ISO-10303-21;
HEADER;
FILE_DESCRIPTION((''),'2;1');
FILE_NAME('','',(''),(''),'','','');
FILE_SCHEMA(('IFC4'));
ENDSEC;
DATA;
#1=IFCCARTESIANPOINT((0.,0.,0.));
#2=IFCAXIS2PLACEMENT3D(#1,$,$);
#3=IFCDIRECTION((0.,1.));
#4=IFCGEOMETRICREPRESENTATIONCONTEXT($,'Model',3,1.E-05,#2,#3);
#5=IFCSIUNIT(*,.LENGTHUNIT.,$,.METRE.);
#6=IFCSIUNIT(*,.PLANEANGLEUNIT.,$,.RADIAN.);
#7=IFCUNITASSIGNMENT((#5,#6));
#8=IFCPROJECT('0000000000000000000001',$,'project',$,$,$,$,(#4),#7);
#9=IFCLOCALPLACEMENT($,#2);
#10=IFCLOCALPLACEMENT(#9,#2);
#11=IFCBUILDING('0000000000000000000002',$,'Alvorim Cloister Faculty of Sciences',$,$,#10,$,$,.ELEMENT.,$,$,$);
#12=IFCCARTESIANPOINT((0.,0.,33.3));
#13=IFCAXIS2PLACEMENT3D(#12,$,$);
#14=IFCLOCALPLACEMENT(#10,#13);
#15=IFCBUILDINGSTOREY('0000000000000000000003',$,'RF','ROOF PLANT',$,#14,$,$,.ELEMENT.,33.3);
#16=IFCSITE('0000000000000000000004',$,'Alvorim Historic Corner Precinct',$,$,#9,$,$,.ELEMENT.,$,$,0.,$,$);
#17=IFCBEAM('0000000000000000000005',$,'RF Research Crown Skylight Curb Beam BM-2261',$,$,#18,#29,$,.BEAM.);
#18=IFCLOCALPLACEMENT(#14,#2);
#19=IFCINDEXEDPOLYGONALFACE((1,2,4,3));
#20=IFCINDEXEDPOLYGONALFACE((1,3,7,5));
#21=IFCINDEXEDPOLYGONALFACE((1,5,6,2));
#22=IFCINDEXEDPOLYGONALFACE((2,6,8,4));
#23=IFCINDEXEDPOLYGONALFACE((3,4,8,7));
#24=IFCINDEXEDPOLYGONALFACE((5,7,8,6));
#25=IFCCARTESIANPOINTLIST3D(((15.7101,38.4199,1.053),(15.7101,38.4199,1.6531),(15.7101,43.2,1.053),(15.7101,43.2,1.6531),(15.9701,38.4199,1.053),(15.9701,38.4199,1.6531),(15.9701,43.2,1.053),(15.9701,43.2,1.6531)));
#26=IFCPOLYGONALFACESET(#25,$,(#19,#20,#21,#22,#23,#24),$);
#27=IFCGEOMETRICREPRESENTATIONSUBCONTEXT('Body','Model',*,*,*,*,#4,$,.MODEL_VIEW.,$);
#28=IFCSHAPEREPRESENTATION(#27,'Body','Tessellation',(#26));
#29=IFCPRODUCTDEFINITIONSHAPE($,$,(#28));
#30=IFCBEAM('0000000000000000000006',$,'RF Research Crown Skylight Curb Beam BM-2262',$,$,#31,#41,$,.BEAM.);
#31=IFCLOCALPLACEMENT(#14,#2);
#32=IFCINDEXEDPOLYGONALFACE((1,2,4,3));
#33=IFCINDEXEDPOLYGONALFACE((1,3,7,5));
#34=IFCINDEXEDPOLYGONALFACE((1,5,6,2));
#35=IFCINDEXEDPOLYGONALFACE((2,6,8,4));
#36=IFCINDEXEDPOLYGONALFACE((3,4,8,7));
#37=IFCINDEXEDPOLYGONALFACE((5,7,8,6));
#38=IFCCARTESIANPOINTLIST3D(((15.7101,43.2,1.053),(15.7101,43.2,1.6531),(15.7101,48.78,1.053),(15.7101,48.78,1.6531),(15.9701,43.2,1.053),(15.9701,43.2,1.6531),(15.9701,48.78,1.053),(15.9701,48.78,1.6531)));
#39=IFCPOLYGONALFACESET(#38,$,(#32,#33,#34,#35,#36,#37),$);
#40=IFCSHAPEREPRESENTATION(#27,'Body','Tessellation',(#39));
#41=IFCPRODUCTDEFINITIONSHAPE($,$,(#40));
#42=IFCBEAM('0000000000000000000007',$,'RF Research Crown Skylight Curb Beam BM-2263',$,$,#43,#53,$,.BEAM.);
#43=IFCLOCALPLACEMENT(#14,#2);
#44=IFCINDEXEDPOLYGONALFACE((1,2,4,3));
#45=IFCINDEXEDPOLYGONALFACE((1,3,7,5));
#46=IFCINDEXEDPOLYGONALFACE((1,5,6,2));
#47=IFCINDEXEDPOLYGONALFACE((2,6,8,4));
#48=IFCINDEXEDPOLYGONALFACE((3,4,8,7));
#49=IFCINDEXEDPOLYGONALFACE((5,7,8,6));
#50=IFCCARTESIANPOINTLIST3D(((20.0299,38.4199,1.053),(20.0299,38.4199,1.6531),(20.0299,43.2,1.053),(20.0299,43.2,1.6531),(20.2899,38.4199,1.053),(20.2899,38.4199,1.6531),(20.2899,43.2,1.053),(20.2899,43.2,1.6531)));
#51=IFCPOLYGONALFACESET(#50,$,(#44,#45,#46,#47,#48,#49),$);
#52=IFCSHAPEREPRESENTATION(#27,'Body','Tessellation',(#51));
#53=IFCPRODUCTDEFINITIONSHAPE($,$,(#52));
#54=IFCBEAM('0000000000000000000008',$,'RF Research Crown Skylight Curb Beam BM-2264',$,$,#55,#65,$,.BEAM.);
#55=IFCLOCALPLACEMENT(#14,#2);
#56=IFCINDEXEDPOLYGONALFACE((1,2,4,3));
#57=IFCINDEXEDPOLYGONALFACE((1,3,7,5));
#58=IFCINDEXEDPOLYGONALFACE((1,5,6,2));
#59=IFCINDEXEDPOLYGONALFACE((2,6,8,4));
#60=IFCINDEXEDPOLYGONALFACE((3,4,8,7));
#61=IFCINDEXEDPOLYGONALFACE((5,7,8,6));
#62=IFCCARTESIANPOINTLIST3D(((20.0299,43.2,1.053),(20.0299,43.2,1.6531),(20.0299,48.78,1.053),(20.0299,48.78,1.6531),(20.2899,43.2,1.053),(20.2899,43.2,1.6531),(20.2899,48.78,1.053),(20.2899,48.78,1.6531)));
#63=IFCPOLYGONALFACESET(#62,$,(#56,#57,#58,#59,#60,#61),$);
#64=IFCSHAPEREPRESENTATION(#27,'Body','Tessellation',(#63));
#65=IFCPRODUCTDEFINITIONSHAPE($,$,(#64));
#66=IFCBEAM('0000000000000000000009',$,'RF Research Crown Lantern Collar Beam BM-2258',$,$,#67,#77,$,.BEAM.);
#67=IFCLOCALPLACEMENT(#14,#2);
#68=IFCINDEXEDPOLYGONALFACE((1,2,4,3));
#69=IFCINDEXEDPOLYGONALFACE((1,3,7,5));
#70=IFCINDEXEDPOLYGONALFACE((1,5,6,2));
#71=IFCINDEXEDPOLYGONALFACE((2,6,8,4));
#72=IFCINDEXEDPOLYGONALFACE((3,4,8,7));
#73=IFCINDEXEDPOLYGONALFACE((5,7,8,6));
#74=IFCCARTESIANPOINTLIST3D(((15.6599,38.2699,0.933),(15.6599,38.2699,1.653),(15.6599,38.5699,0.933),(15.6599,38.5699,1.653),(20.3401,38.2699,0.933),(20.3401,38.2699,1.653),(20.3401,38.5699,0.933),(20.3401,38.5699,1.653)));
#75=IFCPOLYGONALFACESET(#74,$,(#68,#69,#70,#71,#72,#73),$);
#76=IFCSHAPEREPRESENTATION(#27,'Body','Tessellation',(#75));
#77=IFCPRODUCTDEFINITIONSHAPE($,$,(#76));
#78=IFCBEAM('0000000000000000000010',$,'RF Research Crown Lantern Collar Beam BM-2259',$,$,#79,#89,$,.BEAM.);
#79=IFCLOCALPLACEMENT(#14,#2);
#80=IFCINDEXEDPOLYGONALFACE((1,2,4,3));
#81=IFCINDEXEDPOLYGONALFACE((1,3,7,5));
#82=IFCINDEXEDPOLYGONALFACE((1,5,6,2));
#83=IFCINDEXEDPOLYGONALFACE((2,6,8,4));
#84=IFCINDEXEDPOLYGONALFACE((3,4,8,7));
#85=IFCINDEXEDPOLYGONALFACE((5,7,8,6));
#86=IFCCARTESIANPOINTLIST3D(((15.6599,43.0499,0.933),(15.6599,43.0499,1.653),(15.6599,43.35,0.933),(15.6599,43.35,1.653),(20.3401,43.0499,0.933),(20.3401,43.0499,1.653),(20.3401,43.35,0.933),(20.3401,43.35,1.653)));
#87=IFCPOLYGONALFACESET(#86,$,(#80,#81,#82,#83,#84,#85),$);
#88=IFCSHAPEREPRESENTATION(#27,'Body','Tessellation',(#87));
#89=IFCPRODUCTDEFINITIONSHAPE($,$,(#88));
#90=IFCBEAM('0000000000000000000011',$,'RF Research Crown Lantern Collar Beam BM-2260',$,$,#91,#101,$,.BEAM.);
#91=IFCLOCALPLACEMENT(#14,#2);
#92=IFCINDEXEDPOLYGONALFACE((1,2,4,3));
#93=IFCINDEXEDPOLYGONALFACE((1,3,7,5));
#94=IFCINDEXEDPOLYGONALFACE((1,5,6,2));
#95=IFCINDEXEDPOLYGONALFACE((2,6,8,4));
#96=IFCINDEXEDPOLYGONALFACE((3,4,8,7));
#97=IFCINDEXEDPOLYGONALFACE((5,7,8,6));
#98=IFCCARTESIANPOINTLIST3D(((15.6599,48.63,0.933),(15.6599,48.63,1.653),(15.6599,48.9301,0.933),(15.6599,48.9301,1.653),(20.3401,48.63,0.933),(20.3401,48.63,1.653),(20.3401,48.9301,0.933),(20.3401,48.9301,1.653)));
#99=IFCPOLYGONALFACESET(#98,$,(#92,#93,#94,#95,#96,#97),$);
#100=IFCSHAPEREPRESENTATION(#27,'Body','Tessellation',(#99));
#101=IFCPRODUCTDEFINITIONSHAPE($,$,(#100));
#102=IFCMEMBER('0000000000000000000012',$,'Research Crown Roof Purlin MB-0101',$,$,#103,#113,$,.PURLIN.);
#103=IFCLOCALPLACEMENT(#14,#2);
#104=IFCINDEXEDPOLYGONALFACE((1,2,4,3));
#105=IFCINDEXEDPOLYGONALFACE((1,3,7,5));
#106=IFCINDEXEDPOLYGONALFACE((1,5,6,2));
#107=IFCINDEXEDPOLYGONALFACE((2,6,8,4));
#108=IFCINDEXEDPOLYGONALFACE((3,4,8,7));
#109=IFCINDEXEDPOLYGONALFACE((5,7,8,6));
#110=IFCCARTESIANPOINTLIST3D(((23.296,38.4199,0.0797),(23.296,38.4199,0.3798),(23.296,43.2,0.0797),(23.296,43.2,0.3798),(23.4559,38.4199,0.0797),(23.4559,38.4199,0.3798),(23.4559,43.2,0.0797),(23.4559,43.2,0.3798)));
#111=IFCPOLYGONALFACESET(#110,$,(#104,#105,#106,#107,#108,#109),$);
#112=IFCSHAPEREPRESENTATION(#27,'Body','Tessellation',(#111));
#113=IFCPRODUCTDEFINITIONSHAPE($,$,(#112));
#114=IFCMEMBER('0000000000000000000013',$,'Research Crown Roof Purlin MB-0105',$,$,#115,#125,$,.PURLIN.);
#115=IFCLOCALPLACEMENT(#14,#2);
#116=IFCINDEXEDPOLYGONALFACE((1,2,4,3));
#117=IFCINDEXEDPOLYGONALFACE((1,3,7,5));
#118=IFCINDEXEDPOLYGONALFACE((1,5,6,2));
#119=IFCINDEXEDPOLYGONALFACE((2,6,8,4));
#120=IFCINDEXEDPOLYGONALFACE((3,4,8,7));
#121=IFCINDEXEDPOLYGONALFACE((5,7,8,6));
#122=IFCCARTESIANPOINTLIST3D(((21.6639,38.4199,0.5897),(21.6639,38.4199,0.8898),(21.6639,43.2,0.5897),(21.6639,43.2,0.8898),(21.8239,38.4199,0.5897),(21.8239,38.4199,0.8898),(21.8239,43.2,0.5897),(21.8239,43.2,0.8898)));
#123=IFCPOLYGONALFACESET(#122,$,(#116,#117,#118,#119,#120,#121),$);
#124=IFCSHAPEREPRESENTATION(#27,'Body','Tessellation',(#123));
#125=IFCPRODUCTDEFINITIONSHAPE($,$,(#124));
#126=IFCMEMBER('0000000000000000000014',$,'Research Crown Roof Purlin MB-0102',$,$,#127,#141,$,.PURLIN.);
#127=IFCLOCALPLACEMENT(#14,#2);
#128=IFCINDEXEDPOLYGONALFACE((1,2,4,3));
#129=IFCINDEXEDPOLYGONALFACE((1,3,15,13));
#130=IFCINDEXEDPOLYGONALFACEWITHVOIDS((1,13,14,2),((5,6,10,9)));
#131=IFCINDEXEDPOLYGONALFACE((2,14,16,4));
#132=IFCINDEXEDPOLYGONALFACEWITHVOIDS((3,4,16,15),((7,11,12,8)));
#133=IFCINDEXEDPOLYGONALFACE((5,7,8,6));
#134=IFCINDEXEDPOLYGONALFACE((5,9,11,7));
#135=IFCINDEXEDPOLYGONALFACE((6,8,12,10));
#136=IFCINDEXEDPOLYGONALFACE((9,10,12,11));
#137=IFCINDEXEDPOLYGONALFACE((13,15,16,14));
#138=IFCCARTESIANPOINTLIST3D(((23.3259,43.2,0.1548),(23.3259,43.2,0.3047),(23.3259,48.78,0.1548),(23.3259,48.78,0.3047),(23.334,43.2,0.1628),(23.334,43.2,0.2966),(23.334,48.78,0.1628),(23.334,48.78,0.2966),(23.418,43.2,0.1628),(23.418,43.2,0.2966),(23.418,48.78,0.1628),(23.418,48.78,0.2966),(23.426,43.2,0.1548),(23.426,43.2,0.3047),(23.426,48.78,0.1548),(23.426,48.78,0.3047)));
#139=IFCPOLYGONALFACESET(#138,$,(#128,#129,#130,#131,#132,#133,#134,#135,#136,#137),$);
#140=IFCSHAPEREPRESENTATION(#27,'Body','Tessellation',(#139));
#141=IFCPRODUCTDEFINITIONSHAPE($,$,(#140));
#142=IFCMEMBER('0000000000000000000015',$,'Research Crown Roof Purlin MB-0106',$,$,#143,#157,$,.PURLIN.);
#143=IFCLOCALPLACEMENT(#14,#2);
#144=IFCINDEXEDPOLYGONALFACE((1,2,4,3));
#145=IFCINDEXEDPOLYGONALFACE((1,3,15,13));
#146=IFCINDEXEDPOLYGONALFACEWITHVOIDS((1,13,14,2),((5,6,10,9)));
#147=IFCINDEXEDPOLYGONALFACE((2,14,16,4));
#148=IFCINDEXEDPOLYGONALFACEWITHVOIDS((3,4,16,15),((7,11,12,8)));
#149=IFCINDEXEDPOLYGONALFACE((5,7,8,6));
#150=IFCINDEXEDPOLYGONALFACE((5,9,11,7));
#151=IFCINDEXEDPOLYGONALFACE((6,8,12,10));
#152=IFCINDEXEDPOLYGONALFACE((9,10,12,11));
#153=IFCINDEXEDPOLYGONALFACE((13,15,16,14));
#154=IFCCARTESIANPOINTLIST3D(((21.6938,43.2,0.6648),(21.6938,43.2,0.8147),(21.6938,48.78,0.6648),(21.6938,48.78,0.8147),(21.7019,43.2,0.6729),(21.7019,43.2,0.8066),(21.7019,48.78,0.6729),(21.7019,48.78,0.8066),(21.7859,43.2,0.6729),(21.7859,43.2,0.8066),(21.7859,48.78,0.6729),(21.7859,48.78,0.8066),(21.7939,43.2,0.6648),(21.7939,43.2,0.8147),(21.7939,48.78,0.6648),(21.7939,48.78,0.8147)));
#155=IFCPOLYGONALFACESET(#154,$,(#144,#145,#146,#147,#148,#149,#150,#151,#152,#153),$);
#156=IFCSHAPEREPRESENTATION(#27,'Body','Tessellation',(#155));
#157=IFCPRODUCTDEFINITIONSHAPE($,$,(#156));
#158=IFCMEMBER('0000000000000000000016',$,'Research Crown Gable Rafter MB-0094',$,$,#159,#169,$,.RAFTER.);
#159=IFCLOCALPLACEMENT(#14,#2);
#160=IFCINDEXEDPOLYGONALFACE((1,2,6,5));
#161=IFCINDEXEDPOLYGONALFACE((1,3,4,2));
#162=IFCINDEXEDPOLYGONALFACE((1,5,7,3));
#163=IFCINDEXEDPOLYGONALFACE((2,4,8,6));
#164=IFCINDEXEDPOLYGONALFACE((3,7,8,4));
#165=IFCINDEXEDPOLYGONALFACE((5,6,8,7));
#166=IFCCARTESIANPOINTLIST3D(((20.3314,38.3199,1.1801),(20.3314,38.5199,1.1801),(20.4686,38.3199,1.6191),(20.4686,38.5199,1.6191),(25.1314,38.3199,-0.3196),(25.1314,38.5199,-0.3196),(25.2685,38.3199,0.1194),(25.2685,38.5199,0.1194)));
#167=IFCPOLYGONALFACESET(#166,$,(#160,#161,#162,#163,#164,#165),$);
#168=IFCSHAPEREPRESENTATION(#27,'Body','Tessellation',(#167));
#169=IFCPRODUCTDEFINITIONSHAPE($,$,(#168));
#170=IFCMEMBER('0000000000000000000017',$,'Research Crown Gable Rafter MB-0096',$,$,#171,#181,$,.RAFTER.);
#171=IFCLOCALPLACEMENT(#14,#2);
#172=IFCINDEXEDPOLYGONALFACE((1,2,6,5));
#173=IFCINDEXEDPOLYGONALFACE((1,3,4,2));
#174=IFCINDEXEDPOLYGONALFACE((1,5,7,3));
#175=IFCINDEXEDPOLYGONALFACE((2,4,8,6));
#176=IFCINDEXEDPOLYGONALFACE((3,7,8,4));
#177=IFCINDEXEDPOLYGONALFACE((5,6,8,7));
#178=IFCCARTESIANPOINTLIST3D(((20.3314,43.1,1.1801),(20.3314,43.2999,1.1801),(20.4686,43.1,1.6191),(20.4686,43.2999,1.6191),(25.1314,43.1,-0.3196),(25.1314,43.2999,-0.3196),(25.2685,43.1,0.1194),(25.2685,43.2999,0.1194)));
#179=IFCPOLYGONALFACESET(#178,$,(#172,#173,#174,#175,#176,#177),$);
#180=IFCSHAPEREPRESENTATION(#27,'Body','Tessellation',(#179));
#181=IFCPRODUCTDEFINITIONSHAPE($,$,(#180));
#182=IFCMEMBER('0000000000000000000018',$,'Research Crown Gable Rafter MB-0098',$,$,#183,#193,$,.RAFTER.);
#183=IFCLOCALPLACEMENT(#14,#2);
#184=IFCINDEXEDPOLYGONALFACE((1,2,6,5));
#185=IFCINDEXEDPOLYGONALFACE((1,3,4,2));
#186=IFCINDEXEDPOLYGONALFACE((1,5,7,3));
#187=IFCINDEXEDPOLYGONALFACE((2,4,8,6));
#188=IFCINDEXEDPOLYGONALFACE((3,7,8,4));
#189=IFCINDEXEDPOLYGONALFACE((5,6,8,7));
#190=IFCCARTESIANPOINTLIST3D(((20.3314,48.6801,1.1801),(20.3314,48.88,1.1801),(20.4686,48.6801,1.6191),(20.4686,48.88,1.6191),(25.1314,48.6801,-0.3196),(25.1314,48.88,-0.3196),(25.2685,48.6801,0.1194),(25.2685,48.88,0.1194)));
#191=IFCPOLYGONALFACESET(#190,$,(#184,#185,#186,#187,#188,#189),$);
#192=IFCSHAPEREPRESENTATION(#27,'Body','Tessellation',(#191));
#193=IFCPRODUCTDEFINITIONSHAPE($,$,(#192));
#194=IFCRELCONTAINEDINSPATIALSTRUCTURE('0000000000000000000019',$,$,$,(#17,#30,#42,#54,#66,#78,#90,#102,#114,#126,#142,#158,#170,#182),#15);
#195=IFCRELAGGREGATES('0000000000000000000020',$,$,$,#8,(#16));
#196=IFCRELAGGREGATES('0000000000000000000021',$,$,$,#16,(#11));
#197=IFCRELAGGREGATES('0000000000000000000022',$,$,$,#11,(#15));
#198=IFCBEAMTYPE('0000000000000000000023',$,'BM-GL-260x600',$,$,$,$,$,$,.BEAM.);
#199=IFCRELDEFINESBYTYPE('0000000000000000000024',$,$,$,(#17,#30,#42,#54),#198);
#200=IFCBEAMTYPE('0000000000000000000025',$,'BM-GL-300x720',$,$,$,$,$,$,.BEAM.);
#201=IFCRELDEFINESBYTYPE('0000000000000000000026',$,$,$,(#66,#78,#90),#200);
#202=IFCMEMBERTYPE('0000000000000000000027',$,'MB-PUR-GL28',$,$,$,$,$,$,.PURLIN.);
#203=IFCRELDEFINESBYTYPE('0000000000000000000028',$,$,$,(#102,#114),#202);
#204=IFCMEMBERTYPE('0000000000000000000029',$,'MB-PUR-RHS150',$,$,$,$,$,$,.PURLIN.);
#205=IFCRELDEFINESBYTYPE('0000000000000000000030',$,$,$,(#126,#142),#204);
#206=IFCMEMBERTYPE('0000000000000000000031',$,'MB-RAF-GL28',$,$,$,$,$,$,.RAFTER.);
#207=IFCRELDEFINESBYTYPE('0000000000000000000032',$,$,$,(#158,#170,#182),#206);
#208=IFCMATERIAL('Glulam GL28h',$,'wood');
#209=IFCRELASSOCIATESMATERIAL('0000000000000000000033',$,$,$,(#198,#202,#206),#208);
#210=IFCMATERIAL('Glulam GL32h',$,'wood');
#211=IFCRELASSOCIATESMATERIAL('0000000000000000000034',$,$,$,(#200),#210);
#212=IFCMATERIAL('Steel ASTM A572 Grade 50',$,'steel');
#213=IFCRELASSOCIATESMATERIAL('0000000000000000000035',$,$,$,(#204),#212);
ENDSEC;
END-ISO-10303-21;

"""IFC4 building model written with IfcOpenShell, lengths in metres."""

from ifc_helpers import new_model, si_unit, direction, frame, origin, origin_2d, place, context, subcontext, project, spatial, rectangle, hollow_rectangle, extrude, material, material_profile, profile_set, type_object, element, save


model = new_model("IFC4")

# Units and contexts
model_context = context("Model", 3, precision=1e-05, world=origin(), true_north=direction((0.0, 1.0)))
body_context = subcontext(model_context, "Body", "Model", "MODEL_VIEW")
ifc_project = project(units=[si_unit("LENGTHUNIT", "METRE"), si_unit("PLANEANGLEUNIT", "RADIAN")], contexts=[model_context])

# Site, building, storey
site_placement = place(None, origin())
site = spatial("IfcSite", under=ifc_project, at=site_placement, Name="Alvorim Historic Corner Precinct", CompositionType="ELEMENT", RefElevation=0.0)
building_placement = place(site_placement, origin())
building = spatial("IfcBuilding", under=site, at=building_placement, Name="Alvorim Cloister Faculty of Sciences", CompositionType="ELEMENT")
storey_placement = place(building_placement, frame((0.0, 0.0, 33.3)))
storey = spatial("IfcBuildingStorey", under=building, at=storey_placement, Name="RF", Description="ROOF PLANT", CompositionType="ELEMENT", Elevation=33.3)

# Beams
ifc_material_1 = material(Name="Glulam GL28h", Category="wood")
ifc_material_profile_1 = material_profile(ifc_material_1, rectangle(XDim=0.26, YDim=0.6001, at=origin_2d()), Name="GL28-BM-260x600")
ifc_profile_set_1 = profile_set([ifc_material_profile_1], Name="Glulam GL28h")
beam_type_1 = type_object("IfcBeamType", Name="BM-GL-260x600", PredefinedType="BEAM", material=ifc_profile_set_1)
beam_1_placement = place(storey_placement, frame((15.8401, 38.4199, 1.353), z_axis=(0.0, 1.0, 0.0), x_axis=(-1.0, 0.0, 0.0)))
element("IfcBeam", 1, at=beam_1_placement, inside=storey, type_object=beam_type_1, Name="RF Research Crown Skylight Curb Beam BM-2261", PredefinedType="BEAM", context=body_context, shape_type="SweptSolid", body=[
    extrude(rectangle(XDim=0.26, YDim=0.6001, at=origin_2d()), origin(), (0.0, 0.0, 1.0), 4.78),
])
beam_2_placement = place(storey_placement, frame((15.8401, 43.2, 1.353), z_axis=(0.0, 1.0, 0.0), x_axis=(-1.0, 0.0, 0.0)))
element("IfcBeam", 2, at=beam_2_placement, inside=storey, type_object=beam_type_1, Name="RF Research Crown Skylight Curb Beam BM-2262", PredefinedType="BEAM", context=body_context, shape_type="SweptSolid", body=[
    extrude(rectangle(XDim=0.26, YDim=0.6001, at=origin_2d()), origin(), (0.0, 0.0, 1.0), 5.5801),
])
beam_3_placement = place(storey_placement, frame((20.1599, 38.4199, 1.353), z_axis=(0.0, 1.0, 0.0), x_axis=(-1.0, 0.0, 0.0)))
element("IfcBeam", 3, at=beam_3_placement, inside=storey, type_object=beam_type_1, Name="RF Research Crown Skylight Curb Beam BM-2263", PredefinedType="BEAM", context=body_context, shape_type="SweptSolid", body=[
    extrude(rectangle(XDim=0.26, YDim=0.6001, at=origin_2d()), origin(), (0.0, 0.0, 1.0), 4.78),
])
beam_4_placement = place(storey_placement, frame((20.1599, 43.2, 1.353), z_axis=(0.0, 1.0, 0.0), x_axis=(-1.0, 0.0, 0.0)))
element("IfcBeam", 4, at=beam_4_placement, inside=storey, type_object=beam_type_1, Name="RF Research Crown Skylight Curb Beam BM-2264", PredefinedType="BEAM", context=body_context, shape_type="SweptSolid", body=[
    extrude(rectangle(XDim=0.26, YDim=0.6001, at=origin_2d()), origin(), (0.0, 0.0, 1.0), 5.5801),
])
ifc_material_2 = material(Name="Glulam GL32h", Category="wood")
ifc_material_profile_2 = material_profile(ifc_material_2, rectangle(XDim=0.3, YDim=0.72, at=origin_2d()), Name="GL32-BM-300x720")
ifc_profile_set_2 = profile_set([ifc_material_profile_2], Name="Glulam GL32h")
beam_type_2 = type_object("IfcBeamType", Name="BM-GL-300x720", PredefinedType="BEAM", material=ifc_profile_set_2)
for number, where, z_axis, x_axis, name in (
    (5, (15.6599, 38.4199, 1.293), (1.0, 0.0, 0.0), (0.0, 1.0, 0.0), "RF Research Crown Lantern Collar Beam BM-2258"),
    (6, (15.6599, 43.2, 1.293), (1.0, 0.0, 0.0), (0.0, 1.0, 0.0), "RF Research Crown Lantern Collar Beam BM-2259"),
    (7, (15.6599, 48.78, 1.293), (1.0, 0.0, 0.0), (0.0, 1.0, 0.0), "RF Research Crown Lantern Collar Beam BM-2260"),
):
    element("IfcBeam", number, at=place(storey_placement, frame(where, z_axis=z_axis, x_axis=x_axis)), inside=storey, type_object=beam_type_2, Name=name, PredefinedType="BEAM", context=body_context, shape_type="SweptSolid", body=[
        extrude(rectangle(XDim=0.3, YDim=0.72, at=origin_2d()), origin(), (0.0, 0.0, 1.0), 4.6802),
    ])

# Members
ifc_material_profile_3 = material_profile(ifc_material_1, rectangle(XDim=0.1599, YDim=0.3, at=origin_2d()), Name="GL28-PUR-160x300")
ifc_profile_set_3 = profile_set([ifc_material_profile_3], Name="Glulam GL28h")
member_type_1 = type_object("IfcMemberType", Name="MB-PUR-GL28", PredefinedType="PURLIN", material=ifc_profile_set_3)
for number, where, z_axis, x_axis, name in (
    (8, (23.376, 38.4199, 0.2297), (0.0, 1.0, 0.0), (-1.0, 0.0, 0.0), "Research Crown Roof Purlin MB-0101"),
    (9, (21.7439, 38.4199, 0.7397), (0.0, 1.0, 0.0), (-1.0, 0.0, 0.0), "Research Crown Roof Purlin MB-0105"),
):
    element("IfcMember", number, at=place(storey_placement, frame(where, z_axis=z_axis, x_axis=x_axis)), inside=storey, type_object=member_type_1, Name=name, PredefinedType="PURLIN", context=body_context, shape_type="SweptSolid", body=[
        extrude(rectangle(XDim=0.1599, YDim=0.3, at=origin_2d()), origin(), (0.0, 0.0, 1.0), 4.78),
    ])
ifc_material_3 = material(Name="Steel ASTM A572 Grade 50", Category="steel")
ifc_material_profile_4 = material_profile(ifc_material_3, hollow_rectangle(XDim=0.1001, YDim=0.1499, WallThickness=0.0081, at=origin_2d()), Name="RHS150x100x8")
ifc_profile_set_4 = profile_set([ifc_material_profile_4], Name="Steel ASTM A572 Grade 50")
member_type_2 = type_object("IfcMemberType", Name="MB-PUR-RHS150", PredefinedType="PURLIN", material=ifc_profile_set_4)
for number, where, z_axis, x_axis, name in (
    (10, (23.376, 43.2, 0.2297), (0.0, 1.0, 0.0), (-1.0, 0.0, 0.0), "Research Crown Roof Purlin MB-0102"),
    (11, (21.7439, 43.2, 0.7397), (0.0, 1.0, 0.0), (-1.0, 0.0, 0.0), "Research Crown Roof Purlin MB-0106"),
):
    element("IfcMember", number, at=place(storey_placement, frame(where, z_axis=z_axis, x_axis=x_axis)), inside=storey, type_object=member_type_2, Name=name, PredefinedType="PURLIN", context=body_context, shape_type="SweptSolid", body=[
        extrude(hollow_rectangle(XDim=0.1001, YDim=0.1499, WallThickness=0.0081, at=origin_2d()), origin(), (0.0, 0.0, 1.0), 5.5801),
    ])
ifc_material_profile_5 = material_profile(ifc_material_1, rectangle(XDim=0.2, YDim=0.46, at=origin_2d()), Name="GL28-RAF-200x460")
ifc_profile_set_5 = profile_set([ifc_material_profile_5], Name="Glulam GL28h")
member_type_3 = type_object("IfcMemberType", Name="MB-RAF-GL28", PredefinedType="RAFTER", material=ifc_profile_set_5)
for number, where, z_axis, x_axis, name in (
    (12, (25.2, 38.4199, -0.1001), (-0.954495, 0.0, 0.298228), (0.0, -1.0, 0.0), "Research Crown Gable Rafter MB-0094"),
    (13, (25.2, 43.2, -0.1001), (-0.954495, 0.0, 0.298228), (0.0, -1.0, 0.0), "Research Crown Gable Rafter MB-0096"),
    (14, (25.2, 48.78, -0.1001), (-0.954495, 0.0, 0.298228), (0.0, -1.0, 0.0), "Research Crown Gable Rafter MB-0098"),
):
    element("IfcMember", number, at=place(storey_placement, frame(where, z_axis=z_axis, x_axis=x_axis)), inside=storey, type_object=member_type_3, Name=name, PredefinedType="RAFTER", context=body_context, shape_type="SweptSolid", body=[
        extrude(rectangle(XDim=0.2, YDim=0.46, at=origin_2d()), origin(), (0.0, 0.0, 1.0), 5.0288),
    ])

save(model, "model.ifc")
